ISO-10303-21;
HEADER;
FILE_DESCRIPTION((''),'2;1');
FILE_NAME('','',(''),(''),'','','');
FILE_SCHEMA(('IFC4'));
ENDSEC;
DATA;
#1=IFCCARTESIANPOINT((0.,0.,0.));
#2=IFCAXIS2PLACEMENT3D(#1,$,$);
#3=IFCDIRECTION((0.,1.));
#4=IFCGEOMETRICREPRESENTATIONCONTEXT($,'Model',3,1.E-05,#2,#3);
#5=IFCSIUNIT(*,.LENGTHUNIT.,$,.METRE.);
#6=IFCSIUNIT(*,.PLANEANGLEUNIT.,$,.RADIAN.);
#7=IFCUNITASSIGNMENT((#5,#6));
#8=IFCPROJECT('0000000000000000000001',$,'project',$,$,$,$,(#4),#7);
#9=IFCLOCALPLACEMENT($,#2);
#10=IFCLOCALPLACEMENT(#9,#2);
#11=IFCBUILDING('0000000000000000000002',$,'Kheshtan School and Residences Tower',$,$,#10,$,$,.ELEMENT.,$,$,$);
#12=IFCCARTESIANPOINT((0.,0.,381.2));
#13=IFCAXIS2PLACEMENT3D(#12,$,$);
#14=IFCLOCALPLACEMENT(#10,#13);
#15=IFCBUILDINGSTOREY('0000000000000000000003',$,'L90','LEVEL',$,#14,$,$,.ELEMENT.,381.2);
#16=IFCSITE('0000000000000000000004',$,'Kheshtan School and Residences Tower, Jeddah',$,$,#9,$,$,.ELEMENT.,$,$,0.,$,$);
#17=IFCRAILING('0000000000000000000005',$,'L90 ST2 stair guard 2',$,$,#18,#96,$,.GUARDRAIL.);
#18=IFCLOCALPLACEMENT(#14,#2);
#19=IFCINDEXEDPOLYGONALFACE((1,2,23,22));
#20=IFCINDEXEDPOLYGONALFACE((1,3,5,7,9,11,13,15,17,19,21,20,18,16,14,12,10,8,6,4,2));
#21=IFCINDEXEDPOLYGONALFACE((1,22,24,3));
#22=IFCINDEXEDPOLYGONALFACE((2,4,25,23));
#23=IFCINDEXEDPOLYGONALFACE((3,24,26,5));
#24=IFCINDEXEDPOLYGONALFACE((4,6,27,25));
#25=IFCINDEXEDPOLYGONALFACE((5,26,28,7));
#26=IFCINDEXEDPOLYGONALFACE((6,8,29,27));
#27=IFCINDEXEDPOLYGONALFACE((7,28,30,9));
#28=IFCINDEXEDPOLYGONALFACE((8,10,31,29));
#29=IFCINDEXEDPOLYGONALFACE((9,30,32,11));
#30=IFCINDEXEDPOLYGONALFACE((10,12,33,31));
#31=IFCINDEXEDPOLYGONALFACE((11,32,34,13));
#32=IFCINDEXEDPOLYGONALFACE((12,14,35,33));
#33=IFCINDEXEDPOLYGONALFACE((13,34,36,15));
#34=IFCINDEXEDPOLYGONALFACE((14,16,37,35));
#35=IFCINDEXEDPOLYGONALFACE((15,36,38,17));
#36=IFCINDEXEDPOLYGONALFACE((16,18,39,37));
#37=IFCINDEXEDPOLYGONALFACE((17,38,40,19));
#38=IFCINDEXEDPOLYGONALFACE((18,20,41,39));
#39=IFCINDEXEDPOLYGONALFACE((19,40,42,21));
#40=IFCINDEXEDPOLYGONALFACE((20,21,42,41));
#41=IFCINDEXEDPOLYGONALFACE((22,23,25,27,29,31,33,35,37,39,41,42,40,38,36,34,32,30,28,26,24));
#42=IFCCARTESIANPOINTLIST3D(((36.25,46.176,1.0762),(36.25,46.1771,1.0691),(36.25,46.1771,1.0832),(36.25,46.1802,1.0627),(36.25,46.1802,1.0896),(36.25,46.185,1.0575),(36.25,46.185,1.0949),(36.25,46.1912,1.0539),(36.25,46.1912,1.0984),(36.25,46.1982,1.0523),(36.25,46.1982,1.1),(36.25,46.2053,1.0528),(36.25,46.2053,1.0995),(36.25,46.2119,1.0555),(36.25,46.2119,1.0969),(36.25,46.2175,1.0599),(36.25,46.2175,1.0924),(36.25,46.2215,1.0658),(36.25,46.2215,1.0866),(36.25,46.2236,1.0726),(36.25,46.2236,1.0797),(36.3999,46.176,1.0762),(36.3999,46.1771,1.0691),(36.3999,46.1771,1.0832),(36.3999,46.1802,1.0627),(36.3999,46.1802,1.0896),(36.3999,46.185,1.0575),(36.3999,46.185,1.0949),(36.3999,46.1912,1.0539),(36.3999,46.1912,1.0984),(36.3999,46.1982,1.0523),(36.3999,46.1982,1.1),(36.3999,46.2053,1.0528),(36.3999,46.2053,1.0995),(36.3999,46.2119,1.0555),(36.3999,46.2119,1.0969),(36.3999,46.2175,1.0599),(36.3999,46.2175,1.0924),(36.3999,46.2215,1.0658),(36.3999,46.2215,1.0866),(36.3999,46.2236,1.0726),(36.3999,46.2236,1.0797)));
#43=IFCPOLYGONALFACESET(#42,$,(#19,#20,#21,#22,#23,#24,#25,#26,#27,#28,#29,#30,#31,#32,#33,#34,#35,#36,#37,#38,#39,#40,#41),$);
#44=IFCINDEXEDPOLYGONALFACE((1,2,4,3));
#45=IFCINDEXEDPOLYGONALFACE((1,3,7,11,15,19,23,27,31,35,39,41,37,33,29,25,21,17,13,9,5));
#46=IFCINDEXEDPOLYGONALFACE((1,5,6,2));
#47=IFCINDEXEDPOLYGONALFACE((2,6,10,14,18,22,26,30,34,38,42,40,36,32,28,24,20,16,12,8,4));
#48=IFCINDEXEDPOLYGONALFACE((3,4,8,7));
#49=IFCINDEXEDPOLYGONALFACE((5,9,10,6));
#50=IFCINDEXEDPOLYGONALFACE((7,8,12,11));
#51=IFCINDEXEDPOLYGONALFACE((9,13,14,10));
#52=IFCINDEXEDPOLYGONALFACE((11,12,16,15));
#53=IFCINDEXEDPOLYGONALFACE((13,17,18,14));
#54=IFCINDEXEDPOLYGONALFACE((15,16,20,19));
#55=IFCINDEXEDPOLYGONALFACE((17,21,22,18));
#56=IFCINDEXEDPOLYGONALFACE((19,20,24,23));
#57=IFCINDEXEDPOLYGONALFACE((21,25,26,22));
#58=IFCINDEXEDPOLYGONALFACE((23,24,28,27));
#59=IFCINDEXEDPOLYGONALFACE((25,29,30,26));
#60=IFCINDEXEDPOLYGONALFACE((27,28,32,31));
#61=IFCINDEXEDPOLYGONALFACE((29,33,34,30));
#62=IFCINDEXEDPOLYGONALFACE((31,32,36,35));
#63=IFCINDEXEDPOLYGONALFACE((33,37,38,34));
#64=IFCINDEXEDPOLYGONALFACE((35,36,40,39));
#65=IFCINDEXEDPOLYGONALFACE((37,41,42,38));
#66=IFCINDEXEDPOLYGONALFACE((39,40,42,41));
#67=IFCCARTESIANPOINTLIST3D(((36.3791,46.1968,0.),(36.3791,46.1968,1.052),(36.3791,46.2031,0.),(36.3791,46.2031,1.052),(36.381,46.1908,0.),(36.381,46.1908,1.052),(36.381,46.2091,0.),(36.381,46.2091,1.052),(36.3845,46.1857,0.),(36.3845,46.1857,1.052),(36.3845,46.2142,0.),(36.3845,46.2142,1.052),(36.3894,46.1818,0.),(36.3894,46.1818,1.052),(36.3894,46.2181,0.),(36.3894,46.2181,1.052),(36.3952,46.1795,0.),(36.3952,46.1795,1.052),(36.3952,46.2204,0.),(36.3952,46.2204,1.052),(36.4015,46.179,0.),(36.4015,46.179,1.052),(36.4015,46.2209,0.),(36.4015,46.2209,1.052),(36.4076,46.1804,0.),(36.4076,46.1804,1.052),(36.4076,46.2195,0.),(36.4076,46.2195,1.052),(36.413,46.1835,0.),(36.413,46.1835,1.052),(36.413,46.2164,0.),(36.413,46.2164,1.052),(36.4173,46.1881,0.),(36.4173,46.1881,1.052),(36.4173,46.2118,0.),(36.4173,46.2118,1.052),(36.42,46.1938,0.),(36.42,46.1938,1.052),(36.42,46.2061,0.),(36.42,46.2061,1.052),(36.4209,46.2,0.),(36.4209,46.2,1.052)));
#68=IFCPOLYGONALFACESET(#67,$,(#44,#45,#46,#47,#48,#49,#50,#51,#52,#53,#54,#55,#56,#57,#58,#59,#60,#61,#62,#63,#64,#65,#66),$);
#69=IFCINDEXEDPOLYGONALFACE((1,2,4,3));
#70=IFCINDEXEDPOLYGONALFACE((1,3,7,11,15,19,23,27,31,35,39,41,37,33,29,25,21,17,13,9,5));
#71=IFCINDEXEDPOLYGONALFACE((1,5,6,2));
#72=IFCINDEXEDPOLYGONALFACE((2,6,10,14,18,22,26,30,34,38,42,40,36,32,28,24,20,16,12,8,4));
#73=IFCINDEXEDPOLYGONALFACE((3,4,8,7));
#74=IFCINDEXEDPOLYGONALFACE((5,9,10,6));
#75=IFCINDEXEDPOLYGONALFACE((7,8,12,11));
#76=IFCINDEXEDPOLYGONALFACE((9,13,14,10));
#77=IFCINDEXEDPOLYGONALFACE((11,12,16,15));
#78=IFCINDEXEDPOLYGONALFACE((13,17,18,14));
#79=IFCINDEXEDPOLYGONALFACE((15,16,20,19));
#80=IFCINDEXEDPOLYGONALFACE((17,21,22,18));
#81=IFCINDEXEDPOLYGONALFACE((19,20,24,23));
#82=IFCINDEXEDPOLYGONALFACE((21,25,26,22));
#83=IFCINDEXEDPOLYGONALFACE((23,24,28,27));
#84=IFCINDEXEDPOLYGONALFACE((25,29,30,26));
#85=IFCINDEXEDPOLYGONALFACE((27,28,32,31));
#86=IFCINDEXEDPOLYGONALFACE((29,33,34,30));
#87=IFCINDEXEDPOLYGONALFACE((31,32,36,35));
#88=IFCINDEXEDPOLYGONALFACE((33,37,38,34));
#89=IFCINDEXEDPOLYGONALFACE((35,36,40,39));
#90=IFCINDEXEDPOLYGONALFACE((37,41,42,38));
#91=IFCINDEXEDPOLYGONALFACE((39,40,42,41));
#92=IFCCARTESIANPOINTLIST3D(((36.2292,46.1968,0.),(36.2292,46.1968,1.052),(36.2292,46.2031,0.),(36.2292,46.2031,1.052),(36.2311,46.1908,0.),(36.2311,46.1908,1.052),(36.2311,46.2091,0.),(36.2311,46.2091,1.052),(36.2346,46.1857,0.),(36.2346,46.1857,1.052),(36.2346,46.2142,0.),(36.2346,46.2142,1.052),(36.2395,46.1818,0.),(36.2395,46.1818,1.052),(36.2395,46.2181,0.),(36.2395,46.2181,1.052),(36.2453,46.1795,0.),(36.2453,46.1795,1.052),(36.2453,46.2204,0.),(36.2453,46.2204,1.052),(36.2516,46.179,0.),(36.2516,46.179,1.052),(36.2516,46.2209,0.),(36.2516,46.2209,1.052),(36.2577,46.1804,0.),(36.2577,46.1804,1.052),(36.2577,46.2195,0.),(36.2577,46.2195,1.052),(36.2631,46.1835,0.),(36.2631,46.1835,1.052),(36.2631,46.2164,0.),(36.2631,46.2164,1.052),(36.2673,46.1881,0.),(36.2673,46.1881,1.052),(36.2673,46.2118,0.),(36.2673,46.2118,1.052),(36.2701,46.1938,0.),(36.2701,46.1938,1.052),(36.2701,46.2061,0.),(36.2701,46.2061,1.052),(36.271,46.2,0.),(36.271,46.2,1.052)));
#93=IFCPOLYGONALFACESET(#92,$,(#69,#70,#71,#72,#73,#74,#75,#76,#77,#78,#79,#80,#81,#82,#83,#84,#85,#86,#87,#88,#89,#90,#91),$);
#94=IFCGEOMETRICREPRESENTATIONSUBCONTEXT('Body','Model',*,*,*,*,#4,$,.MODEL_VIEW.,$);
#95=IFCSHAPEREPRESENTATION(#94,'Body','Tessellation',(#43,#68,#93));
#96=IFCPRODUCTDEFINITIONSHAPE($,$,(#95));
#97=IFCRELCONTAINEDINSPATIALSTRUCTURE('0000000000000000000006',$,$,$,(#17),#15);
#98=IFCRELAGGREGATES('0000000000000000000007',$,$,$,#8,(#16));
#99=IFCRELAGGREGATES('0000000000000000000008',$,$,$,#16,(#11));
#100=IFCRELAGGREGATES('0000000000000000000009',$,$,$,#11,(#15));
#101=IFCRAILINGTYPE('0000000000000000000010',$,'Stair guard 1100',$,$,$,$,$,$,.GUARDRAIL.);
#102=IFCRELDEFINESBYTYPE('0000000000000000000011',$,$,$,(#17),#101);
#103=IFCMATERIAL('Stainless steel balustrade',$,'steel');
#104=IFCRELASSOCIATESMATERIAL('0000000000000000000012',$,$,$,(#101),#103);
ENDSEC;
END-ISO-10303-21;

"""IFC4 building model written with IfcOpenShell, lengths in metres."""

from ifc_helpers import new_model, si_unit, direction, frame, origin, origin_2d, place, context, subcontext, project, spatial, circle, extrude, material, type_object, element, save


model = new_model("IFC4")

# Units and contexts
model_context = context("Model", 3, precision=1e-05, world=origin(), true_north=direction((0.0, 1.0)))
body_context = subcontext(model_context, "Body", "Model", "MODEL_VIEW")
ifc_project = project(units=[si_unit("LENGTHUNIT", "METRE"), si_unit("PLANEANGLEUNIT", "RADIAN")], contexts=[model_context])

# Site, building, storey
site_placement = place(None, origin())
site = spatial("IfcSite", under=ifc_project, at=site_placement, Name="Kheshtan School and Residences Tower, Jeddah", CompositionType="ELEMENT", RefElevation=0.0)
building_placement = place(site_placement, origin())
building = spatial("IfcBuilding", under=site, at=building_placement, Name="Kheshtan School and Residences Tower", CompositionType="ELEMENT")
storey_placement = place(building_placement, frame((0.0, 0.0, 381.2)))
storey = spatial("IfcBuildingStorey", under=building, at=storey_placement, Name="L90", Description="LEVEL", CompositionType="ELEMENT", Elevation=381.2)

# Railing
ifc_material_1 = material(Name="Stainless steel balustrade", Category="steel")
railing_type_1 = type_object("IfcRailingType", Name="Stair guard 1100", PredefinedType="GUARDRAIL", material=ifc_material_1)
railing_1_placement = place(storey_placement, frame((36.3999, 46.2, 0.0)))
element("IfcRailing", 1, at=railing_1_placement, inside=storey, type_object=railing_type_1, Name="L90 ST2 stair guard 2", PredefinedType="GUARDRAIL", context=body_context, shape_type="SweptSolid", body=[
    extrude(circle(Radius=0.0239, at=origin_2d()), frame((0.0, 0.0, 1.0762), z_axis=(-1.0, 0.0, 0.0), x_axis=(0.0, -1.0, 0.0)), (0.0, 0.0, 1.0), 0.1499),
    extrude(circle(Radius=0.021, at=origin_2d()), origin(), (0.0, 0.0, 1.0), 1.052),
    extrude(circle(Radius=0.021, at=origin_2d()), frame((-0.1499, 0.0, 0.0)), (0.0, 0.0, 1.0), 1.052),
])

save(model, "model.ifc")
